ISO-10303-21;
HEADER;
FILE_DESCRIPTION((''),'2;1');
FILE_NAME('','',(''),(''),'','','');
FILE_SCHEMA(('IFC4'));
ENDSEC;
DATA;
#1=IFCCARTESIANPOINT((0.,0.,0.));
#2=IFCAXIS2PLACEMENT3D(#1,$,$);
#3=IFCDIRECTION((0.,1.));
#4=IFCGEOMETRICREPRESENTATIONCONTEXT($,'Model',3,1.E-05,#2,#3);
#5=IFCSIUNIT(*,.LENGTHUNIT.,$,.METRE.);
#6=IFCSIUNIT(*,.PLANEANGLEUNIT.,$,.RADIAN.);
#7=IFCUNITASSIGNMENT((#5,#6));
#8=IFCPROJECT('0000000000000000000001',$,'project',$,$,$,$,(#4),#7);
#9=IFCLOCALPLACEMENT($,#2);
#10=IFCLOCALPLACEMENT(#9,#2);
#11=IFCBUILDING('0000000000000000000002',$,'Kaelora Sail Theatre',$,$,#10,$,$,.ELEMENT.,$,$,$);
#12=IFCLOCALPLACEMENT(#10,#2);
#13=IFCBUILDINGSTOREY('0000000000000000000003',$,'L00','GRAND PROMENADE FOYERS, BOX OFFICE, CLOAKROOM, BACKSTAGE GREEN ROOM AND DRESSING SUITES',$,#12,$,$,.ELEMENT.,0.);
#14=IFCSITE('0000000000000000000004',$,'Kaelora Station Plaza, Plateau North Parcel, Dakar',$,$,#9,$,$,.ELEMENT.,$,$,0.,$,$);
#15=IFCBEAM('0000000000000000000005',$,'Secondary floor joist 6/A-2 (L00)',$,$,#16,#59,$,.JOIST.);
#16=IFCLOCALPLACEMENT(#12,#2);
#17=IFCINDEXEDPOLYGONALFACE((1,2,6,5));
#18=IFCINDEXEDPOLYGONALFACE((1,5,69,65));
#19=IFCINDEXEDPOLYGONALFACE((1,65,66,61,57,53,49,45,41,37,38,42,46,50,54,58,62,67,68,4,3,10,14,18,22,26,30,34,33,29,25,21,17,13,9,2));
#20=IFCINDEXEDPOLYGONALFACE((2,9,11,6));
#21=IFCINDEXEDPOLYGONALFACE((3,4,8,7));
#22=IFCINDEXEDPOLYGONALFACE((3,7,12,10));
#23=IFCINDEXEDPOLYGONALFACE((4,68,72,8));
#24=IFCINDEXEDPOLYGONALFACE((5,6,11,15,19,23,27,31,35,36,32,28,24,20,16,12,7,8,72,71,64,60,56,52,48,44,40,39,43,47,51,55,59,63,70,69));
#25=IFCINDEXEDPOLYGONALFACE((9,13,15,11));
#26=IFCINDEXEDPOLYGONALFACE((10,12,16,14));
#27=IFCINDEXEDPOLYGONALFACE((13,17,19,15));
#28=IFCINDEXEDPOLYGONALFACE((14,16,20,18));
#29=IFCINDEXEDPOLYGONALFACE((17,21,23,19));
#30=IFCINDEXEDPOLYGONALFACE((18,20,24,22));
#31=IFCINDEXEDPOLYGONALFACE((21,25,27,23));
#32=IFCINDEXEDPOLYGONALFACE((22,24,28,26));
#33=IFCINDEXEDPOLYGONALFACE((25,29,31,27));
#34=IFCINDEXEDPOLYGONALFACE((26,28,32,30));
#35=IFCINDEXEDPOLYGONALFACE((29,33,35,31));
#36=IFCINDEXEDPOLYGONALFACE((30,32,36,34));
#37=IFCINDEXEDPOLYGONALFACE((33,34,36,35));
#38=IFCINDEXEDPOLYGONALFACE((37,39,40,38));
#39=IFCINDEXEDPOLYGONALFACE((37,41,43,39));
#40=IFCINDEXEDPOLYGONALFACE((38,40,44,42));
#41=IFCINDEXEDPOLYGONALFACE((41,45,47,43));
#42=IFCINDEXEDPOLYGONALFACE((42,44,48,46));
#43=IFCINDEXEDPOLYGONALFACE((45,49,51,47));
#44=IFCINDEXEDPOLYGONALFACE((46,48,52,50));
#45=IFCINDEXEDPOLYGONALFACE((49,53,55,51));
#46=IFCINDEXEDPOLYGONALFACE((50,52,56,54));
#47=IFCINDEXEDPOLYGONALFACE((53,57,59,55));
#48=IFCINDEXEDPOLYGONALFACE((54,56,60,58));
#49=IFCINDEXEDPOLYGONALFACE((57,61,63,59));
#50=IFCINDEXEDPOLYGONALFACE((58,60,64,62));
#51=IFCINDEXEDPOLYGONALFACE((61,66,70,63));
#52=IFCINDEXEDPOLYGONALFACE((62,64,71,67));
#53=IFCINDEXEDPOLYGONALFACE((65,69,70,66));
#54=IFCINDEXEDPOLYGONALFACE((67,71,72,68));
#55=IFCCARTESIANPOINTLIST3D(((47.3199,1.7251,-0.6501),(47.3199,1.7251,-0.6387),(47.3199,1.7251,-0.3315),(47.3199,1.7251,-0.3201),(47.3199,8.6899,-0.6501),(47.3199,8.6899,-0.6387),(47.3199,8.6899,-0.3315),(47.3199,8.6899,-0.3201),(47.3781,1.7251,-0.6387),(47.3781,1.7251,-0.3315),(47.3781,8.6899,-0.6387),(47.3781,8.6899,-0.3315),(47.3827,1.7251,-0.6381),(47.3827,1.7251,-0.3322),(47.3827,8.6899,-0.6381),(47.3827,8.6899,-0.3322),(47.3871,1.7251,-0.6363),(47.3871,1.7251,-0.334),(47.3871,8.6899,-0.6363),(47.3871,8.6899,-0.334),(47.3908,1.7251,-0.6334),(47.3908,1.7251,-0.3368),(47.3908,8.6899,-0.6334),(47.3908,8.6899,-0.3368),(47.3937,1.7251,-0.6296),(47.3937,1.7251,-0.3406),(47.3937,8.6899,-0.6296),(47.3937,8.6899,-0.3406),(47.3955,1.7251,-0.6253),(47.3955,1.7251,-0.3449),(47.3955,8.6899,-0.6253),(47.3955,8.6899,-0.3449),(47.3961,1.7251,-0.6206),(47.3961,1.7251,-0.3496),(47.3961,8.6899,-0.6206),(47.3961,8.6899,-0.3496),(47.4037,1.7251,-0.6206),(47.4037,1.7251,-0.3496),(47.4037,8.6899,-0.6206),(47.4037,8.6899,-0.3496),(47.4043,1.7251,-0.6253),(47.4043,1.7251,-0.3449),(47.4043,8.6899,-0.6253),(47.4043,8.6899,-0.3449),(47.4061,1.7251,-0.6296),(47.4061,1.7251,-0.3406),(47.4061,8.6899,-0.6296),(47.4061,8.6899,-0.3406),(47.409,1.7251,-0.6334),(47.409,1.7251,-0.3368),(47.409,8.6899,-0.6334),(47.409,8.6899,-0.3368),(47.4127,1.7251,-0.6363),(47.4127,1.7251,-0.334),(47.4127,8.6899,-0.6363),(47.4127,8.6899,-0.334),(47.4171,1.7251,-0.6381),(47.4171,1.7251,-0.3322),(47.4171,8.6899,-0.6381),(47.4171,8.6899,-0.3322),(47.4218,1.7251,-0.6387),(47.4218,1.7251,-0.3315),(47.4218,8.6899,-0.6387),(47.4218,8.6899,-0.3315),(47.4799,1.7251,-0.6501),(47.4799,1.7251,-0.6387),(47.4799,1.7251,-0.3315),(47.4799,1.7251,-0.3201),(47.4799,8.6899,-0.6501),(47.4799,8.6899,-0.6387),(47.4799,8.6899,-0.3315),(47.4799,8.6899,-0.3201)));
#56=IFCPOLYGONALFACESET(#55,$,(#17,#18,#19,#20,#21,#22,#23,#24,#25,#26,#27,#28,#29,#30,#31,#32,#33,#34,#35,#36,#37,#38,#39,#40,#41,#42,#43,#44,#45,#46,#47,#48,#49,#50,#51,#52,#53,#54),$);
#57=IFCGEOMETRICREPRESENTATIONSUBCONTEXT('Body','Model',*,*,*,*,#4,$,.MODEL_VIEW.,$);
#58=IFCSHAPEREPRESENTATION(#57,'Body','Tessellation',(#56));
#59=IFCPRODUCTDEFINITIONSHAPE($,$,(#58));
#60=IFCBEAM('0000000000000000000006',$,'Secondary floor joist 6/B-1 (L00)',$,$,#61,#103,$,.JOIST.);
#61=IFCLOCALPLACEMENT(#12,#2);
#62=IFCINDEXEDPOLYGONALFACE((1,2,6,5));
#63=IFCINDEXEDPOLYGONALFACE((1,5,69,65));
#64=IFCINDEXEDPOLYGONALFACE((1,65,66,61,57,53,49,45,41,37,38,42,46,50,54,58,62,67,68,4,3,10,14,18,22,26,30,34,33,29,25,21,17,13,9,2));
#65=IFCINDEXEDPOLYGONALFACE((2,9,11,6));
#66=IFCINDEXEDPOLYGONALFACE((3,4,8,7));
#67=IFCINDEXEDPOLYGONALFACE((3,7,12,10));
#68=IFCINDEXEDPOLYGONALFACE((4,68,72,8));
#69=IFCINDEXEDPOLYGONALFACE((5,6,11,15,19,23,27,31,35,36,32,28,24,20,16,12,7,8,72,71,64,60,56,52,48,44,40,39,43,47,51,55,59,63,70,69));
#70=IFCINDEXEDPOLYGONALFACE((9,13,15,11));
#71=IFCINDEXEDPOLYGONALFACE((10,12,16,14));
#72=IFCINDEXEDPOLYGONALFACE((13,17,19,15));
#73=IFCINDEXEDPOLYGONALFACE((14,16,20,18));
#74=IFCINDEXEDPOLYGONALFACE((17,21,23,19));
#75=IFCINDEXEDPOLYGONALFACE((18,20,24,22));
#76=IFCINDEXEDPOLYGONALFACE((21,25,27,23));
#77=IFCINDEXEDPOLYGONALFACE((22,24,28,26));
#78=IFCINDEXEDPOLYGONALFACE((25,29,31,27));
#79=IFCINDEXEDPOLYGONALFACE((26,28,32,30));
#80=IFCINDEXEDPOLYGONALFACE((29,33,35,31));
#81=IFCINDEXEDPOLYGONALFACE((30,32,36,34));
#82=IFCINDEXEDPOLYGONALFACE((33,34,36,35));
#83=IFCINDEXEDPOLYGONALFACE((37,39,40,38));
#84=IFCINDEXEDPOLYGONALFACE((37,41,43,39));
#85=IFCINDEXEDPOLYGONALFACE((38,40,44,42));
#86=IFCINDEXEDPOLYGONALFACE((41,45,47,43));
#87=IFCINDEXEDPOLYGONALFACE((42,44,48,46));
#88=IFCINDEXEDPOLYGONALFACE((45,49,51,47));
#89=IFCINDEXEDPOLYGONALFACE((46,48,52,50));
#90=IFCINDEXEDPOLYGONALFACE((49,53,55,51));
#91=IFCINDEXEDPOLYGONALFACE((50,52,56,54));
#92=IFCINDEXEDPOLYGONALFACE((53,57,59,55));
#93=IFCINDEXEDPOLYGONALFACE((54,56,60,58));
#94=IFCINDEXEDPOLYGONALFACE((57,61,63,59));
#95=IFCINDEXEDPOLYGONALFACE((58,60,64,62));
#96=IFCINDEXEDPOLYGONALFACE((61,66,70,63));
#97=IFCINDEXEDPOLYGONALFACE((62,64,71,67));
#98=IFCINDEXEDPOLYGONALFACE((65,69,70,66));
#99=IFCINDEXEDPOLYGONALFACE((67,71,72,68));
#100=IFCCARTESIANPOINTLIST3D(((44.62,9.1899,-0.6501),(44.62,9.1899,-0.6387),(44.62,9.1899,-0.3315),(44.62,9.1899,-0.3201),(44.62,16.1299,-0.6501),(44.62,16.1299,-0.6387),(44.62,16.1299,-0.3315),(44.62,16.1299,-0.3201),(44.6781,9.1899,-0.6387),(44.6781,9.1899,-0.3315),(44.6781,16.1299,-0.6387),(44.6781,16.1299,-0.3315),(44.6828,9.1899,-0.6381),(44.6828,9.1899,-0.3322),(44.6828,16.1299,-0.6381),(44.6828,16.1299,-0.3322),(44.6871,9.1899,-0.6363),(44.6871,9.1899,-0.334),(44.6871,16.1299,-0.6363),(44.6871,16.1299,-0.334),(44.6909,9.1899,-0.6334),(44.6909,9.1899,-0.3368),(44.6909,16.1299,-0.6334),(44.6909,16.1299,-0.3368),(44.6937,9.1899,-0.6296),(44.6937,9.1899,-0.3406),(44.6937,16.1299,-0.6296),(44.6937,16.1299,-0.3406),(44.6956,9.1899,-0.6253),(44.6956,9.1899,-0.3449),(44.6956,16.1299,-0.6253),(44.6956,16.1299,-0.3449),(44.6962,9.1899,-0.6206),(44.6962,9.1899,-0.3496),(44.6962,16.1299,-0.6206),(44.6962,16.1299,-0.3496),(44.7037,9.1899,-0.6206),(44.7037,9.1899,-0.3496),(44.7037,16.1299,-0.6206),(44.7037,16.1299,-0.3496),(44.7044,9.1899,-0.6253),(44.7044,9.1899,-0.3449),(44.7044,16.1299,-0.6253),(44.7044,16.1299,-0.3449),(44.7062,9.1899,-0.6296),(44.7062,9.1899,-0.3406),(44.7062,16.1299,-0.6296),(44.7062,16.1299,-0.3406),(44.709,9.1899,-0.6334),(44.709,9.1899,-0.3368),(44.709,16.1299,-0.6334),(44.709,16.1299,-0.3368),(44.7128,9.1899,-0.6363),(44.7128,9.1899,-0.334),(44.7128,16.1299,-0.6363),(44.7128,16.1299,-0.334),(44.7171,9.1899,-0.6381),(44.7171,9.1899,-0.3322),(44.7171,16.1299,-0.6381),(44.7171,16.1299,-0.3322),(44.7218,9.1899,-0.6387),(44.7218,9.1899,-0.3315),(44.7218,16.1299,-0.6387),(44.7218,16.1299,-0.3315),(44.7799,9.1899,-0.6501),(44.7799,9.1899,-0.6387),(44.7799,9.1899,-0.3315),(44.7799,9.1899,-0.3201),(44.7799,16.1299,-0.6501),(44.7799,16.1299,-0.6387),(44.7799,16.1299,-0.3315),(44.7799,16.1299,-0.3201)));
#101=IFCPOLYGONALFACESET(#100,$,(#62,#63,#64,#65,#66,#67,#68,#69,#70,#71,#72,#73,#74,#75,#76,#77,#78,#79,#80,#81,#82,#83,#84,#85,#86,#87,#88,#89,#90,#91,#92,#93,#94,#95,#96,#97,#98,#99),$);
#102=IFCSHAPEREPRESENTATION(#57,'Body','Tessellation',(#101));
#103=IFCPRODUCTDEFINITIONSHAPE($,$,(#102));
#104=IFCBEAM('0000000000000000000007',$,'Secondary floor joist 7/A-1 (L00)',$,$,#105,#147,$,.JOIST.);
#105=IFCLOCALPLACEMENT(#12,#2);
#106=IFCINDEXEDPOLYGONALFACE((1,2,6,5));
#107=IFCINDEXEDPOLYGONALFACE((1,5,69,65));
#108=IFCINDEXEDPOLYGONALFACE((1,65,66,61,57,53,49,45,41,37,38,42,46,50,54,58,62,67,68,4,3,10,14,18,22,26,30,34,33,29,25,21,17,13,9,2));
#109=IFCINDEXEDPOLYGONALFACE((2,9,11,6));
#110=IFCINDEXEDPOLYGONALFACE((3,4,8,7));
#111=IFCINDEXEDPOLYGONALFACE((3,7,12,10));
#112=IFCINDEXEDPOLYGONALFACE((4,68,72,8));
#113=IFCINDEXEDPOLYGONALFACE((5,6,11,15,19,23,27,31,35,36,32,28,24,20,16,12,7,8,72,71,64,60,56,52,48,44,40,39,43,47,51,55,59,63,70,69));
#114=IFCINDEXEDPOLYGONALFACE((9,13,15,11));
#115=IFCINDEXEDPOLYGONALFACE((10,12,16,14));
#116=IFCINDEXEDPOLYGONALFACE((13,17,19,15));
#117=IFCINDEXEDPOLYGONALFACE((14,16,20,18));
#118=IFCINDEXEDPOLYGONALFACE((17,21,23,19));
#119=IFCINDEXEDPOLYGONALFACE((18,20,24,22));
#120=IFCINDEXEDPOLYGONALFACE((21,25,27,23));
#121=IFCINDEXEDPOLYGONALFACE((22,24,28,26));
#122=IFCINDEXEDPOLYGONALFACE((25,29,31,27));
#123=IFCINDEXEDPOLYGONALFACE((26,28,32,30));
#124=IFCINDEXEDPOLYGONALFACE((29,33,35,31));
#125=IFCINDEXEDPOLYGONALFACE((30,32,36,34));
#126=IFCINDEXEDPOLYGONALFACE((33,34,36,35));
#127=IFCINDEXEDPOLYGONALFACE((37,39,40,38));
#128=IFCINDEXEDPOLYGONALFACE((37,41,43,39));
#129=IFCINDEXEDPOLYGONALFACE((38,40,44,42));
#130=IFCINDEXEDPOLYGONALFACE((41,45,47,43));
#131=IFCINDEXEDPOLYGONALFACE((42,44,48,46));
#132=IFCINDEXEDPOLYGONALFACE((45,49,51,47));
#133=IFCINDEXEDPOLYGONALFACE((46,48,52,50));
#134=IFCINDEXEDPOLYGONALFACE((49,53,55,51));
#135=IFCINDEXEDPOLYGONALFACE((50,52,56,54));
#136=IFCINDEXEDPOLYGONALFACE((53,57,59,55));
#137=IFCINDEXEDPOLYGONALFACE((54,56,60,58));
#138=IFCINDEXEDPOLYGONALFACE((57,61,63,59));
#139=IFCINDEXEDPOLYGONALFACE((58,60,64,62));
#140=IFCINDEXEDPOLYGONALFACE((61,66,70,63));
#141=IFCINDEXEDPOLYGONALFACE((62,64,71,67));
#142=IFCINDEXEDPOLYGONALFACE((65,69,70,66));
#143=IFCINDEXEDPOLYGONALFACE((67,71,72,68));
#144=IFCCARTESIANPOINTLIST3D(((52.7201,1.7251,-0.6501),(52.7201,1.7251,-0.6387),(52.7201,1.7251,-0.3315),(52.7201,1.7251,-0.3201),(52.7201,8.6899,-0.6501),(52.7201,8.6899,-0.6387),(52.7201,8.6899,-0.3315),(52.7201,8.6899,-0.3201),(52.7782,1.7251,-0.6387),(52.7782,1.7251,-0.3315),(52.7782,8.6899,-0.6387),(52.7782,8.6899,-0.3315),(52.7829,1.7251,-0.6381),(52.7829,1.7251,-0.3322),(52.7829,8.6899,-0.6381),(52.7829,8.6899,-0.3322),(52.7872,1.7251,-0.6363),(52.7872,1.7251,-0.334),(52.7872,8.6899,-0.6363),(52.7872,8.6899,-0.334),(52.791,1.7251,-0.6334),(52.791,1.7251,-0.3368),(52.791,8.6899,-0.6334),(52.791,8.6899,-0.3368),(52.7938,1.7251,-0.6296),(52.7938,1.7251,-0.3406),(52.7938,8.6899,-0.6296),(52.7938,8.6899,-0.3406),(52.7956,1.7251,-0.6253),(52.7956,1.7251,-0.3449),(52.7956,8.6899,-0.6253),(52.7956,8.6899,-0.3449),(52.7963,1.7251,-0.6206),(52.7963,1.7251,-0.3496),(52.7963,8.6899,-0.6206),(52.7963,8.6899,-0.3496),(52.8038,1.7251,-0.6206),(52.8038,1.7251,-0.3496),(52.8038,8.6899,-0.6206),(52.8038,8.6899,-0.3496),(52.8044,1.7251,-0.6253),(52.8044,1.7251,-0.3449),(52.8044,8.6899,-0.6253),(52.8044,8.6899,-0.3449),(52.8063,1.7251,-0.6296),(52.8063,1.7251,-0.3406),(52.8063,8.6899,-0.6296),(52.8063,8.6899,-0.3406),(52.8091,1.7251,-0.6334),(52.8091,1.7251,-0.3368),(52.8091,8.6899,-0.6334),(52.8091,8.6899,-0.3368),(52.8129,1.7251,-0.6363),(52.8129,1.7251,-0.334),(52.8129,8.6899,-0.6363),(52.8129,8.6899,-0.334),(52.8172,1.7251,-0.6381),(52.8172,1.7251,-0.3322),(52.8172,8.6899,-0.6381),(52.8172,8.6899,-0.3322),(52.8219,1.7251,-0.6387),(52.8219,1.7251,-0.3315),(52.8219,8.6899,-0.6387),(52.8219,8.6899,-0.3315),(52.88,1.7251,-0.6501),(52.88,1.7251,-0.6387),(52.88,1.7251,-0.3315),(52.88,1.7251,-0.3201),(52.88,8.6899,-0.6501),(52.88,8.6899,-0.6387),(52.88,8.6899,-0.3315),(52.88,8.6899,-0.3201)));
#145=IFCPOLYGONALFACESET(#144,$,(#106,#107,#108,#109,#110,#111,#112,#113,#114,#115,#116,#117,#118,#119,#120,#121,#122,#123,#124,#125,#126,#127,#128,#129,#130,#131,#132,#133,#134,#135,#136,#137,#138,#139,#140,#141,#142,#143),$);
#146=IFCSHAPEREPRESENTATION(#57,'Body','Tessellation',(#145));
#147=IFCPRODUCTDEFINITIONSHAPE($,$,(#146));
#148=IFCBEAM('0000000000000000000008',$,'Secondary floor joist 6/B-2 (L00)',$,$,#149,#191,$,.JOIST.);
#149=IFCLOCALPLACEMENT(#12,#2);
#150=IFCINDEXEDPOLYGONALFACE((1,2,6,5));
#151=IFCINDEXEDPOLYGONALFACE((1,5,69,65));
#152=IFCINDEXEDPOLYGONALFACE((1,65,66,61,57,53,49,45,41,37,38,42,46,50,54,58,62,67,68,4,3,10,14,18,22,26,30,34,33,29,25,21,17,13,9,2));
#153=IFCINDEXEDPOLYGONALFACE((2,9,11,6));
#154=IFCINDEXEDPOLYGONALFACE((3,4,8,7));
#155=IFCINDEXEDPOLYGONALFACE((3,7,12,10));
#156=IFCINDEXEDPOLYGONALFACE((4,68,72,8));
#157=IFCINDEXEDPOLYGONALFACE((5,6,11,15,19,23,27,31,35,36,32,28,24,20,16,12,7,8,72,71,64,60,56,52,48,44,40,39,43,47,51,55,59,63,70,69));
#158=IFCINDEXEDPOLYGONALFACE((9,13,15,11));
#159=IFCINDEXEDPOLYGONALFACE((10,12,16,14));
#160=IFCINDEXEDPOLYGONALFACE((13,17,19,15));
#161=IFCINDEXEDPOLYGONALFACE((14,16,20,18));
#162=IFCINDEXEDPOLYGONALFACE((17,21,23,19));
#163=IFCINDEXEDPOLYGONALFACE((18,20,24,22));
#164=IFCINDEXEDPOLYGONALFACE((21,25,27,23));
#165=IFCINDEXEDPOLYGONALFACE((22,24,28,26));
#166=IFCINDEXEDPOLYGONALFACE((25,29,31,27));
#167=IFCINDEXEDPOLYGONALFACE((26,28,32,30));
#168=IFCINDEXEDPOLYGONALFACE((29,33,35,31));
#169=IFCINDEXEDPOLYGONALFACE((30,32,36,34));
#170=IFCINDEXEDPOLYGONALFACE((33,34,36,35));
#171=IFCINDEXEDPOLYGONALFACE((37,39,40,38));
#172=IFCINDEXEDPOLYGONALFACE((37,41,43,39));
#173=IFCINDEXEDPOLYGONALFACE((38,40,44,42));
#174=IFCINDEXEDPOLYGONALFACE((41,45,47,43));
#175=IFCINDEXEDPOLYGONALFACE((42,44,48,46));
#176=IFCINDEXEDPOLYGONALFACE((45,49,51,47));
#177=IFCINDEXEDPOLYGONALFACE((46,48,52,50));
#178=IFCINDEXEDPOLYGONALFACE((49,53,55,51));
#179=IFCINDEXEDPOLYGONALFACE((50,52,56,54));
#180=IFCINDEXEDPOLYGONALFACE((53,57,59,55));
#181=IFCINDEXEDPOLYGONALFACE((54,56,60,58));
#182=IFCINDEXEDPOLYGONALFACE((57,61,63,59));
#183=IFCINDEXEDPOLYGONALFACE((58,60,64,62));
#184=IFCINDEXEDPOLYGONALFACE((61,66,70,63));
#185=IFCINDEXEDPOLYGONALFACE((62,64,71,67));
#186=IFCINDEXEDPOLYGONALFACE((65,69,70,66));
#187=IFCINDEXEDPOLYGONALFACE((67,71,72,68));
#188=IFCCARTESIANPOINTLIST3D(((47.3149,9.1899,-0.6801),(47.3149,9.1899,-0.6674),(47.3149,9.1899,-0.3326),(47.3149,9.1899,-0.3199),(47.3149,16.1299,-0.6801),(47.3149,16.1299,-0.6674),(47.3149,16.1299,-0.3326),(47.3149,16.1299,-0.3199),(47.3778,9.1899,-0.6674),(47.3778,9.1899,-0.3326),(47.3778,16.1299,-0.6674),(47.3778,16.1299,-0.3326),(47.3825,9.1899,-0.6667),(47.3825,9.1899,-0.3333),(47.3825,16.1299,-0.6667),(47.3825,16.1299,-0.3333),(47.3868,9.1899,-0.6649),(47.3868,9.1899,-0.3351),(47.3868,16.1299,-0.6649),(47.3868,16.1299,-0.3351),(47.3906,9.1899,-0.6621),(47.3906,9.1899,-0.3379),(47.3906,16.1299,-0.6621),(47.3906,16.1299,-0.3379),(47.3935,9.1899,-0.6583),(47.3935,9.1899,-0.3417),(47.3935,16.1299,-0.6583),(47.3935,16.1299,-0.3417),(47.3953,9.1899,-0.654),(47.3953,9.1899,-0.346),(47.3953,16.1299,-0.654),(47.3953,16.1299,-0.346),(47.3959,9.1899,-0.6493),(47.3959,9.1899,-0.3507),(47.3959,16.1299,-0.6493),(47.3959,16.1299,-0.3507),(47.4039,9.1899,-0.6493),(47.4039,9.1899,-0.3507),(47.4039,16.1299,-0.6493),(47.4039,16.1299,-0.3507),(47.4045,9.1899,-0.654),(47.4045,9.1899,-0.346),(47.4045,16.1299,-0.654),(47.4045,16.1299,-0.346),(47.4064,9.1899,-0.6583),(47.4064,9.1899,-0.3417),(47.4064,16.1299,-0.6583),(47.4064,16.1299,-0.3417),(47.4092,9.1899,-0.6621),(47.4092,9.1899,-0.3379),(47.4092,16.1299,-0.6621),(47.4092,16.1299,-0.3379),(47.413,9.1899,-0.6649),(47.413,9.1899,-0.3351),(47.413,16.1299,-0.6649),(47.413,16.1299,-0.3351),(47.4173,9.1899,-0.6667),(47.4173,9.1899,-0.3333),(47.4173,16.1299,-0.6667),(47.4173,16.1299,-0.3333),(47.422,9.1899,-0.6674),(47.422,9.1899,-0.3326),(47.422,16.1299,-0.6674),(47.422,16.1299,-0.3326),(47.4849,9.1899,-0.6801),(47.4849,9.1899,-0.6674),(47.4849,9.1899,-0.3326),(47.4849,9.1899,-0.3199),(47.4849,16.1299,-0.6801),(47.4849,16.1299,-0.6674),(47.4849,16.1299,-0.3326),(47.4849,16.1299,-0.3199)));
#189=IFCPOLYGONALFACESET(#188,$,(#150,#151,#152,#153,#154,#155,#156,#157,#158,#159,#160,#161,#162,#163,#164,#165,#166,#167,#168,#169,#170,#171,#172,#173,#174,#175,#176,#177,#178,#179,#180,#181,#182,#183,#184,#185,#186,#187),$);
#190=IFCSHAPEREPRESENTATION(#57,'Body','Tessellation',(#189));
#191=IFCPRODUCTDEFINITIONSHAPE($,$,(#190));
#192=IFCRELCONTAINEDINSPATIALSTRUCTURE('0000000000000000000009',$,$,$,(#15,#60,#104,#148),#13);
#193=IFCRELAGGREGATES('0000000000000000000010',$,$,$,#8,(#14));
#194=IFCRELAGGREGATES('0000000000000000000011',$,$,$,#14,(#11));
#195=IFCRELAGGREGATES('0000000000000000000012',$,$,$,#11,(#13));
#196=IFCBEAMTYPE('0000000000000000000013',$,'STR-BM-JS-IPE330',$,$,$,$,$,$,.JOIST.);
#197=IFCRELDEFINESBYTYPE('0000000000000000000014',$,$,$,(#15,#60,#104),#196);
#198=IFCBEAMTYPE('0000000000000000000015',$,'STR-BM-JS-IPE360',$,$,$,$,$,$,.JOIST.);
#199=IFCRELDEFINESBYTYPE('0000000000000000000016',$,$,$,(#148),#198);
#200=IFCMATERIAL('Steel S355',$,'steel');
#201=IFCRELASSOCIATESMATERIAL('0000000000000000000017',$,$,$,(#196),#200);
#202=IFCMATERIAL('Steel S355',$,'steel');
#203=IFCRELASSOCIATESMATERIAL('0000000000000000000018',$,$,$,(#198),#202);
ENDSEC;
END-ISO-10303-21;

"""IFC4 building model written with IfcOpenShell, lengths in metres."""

from ifc_helpers import new_model, si_unit, direction, frame, origin, origin_2d, place, context, subcontext, project, spatial, i_section, extrude, material, material_profile, profile_set, type_object, element, save


model = new_model("IFC4")

# Units and contexts
model_context = context("Model", 3, precision=1e-05, world=origin(), true_north=direction((0.0, 1.0)))
body_context = subcontext(model_context, "Body", "Model", "MODEL_VIEW")
ifc_project = project(units=[si_unit("LENGTHUNIT", "METRE"), si_unit("PLANEANGLEUNIT", "RADIAN")], contexts=[model_context])

# Site, building, storey
site_placement = place(None, origin())
site = spatial("IfcSite", under=ifc_project, at=site_placement, Name="Kaelora Station Plaza, Plateau North Parcel, Dakar", CompositionType="ELEMENT", RefElevation=0.0)
building_placement = place(site_placement, origin())
building = spatial("IfcBuilding", under=site, at=building_placement, Name="Kaelora Sail Theatre", CompositionType="ELEMENT")
storey_placement = place(building_placement, origin())
storey = spatial("IfcBuildingStorey", under=building, at=storey_placement, Name="L00", Description="GRAND PROMENADE FOYERS, BOX OFFICE, CLOAKROOM, BACKSTAGE GREEN ROOM AND DRESSING SUITES", CompositionType="ELEMENT", Elevation=0.0)

# Beams
ifc_material_1 = material(Name="Steel S355", Category="steel")
ifc_material_profile_1 = material_profile(ifc_material_1, i_section(OverallWidth=0.1599, OverallDepth=0.3301, WebThickness=0.0076, FlangeThickness=0.0115, FilletRadius=0.0181, at=origin_2d()), Name="IPE 330")
ifc_profile_set_1 = profile_set([ifc_material_profile_1], Name="Steel S355")
beam_type_1 = type_object("IfcBeamType", Name="STR-BM-JS-IPE330", PredefinedType="JOIST", material=ifc_profile_set_1)
beam_1_placement = place(storey_placement, frame((47.3999, 1.7251, -0.4851), z_axis=(0.0, 1.0, 0.0), x_axis=(-1.0, 0.0, 0.0)))
element("IfcBeam", 1, at=beam_1_placement, inside=storey, type_object=beam_type_1, Name="Secondary floor joist 6/A-2 (L00)", PredefinedType="JOIST", context=body_context, shape_type="SweptSolid", body=[
    extrude(i_section(OverallWidth=0.1599, OverallDepth=0.3301, WebThickness=0.0076, FlangeThickness=0.0115, FilletRadius=0.0181, at=origin_2d()), origin(), (0.0, 0.0, 1.0), 6.9648),
])
beam_2_placement = place(storey_placement, frame((44.7, 9.1899, -0.4851), z_axis=(0.0, 1.0, 0.0), x_axis=(-1.0, 0.0, 0.0)))
element("IfcBeam", 2, at=beam_2_placement, inside=storey, type_object=beam_type_1, Name="Secondary floor joist 6/B-1 (L00)", PredefinedType="JOIST", context=body_context, shape_type="SweptSolid", body=[
    extrude(i_section(OverallWidth=0.1599, OverallDepth=0.3301, WebThickness=0.0076, FlangeThickness=0.0115, FilletRadius=0.0181, at=origin_2d()), origin(), (0.0, 0.0, 1.0), 6.9399),
])
beam_3_placement = place(storey_placement, frame((52.8, 1.7251, -0.4851), z_axis=(0.0, 1.0, 0.0), x_axis=(-1.0, 0.0, 0.0)))
element("IfcBeam", 3, at=beam_3_placement, inside=storey, type_object=beam_type_1, Name="Secondary floor joist 7/A-1 (L00)", PredefinedType="JOIST", context=body_context, shape_type="SweptSolid", body=[
    extrude(i_section(OverallWidth=0.1599, OverallDepth=0.3301, WebThickness=0.0076, FlangeThickness=0.0115, FilletRadius=0.0181, at=origin_2d()), origin(), (0.0, 0.0, 1.0), 6.9648),
])
ifc_material_2 = material(Name="Steel S355", Category="steel")
ifc_material_profile_2 = material_profile(ifc_material_2, i_section(OverallWidth=0.1699, OverallDepth=0.3601, WebThickness=0.0081, FlangeThickness=0.0127, FilletRadius=0.0181, at=origin_2d()), Name="IPE 360")
ifc_profile_set_2 = profile_set([ifc_material_profile_2], Name="Steel S355")
beam_type_2 = type_object("IfcBeamType", Name="STR-BM-JS-IPE360", PredefinedType="JOIST", material=ifc_profile_set_2)
beam_4_placement = place(storey_placement, frame((47.3999, 9.1899, -0.5), z_axis=(0.0, 1.0, 0.0), x_axis=(-1.0, 0.0, 0.0)))
element("IfcBeam", 4, at=beam_4_placement, inside=storey, type_object=beam_type_2, Name="Secondary floor joist 6/B-2 (L00)", PredefinedType="JOIST", context=body_context, shape_type="SweptSolid", body=[
    extrude(i_section(OverallWidth=0.1699, OverallDepth=0.3601, WebThickness=0.0081, FlangeThickness=0.0127, FilletRadius=0.0181, at=origin_2d()), origin(), (0.0, 0.0, 1.0), 6.9399),
])

save(model, "model.ifc")
